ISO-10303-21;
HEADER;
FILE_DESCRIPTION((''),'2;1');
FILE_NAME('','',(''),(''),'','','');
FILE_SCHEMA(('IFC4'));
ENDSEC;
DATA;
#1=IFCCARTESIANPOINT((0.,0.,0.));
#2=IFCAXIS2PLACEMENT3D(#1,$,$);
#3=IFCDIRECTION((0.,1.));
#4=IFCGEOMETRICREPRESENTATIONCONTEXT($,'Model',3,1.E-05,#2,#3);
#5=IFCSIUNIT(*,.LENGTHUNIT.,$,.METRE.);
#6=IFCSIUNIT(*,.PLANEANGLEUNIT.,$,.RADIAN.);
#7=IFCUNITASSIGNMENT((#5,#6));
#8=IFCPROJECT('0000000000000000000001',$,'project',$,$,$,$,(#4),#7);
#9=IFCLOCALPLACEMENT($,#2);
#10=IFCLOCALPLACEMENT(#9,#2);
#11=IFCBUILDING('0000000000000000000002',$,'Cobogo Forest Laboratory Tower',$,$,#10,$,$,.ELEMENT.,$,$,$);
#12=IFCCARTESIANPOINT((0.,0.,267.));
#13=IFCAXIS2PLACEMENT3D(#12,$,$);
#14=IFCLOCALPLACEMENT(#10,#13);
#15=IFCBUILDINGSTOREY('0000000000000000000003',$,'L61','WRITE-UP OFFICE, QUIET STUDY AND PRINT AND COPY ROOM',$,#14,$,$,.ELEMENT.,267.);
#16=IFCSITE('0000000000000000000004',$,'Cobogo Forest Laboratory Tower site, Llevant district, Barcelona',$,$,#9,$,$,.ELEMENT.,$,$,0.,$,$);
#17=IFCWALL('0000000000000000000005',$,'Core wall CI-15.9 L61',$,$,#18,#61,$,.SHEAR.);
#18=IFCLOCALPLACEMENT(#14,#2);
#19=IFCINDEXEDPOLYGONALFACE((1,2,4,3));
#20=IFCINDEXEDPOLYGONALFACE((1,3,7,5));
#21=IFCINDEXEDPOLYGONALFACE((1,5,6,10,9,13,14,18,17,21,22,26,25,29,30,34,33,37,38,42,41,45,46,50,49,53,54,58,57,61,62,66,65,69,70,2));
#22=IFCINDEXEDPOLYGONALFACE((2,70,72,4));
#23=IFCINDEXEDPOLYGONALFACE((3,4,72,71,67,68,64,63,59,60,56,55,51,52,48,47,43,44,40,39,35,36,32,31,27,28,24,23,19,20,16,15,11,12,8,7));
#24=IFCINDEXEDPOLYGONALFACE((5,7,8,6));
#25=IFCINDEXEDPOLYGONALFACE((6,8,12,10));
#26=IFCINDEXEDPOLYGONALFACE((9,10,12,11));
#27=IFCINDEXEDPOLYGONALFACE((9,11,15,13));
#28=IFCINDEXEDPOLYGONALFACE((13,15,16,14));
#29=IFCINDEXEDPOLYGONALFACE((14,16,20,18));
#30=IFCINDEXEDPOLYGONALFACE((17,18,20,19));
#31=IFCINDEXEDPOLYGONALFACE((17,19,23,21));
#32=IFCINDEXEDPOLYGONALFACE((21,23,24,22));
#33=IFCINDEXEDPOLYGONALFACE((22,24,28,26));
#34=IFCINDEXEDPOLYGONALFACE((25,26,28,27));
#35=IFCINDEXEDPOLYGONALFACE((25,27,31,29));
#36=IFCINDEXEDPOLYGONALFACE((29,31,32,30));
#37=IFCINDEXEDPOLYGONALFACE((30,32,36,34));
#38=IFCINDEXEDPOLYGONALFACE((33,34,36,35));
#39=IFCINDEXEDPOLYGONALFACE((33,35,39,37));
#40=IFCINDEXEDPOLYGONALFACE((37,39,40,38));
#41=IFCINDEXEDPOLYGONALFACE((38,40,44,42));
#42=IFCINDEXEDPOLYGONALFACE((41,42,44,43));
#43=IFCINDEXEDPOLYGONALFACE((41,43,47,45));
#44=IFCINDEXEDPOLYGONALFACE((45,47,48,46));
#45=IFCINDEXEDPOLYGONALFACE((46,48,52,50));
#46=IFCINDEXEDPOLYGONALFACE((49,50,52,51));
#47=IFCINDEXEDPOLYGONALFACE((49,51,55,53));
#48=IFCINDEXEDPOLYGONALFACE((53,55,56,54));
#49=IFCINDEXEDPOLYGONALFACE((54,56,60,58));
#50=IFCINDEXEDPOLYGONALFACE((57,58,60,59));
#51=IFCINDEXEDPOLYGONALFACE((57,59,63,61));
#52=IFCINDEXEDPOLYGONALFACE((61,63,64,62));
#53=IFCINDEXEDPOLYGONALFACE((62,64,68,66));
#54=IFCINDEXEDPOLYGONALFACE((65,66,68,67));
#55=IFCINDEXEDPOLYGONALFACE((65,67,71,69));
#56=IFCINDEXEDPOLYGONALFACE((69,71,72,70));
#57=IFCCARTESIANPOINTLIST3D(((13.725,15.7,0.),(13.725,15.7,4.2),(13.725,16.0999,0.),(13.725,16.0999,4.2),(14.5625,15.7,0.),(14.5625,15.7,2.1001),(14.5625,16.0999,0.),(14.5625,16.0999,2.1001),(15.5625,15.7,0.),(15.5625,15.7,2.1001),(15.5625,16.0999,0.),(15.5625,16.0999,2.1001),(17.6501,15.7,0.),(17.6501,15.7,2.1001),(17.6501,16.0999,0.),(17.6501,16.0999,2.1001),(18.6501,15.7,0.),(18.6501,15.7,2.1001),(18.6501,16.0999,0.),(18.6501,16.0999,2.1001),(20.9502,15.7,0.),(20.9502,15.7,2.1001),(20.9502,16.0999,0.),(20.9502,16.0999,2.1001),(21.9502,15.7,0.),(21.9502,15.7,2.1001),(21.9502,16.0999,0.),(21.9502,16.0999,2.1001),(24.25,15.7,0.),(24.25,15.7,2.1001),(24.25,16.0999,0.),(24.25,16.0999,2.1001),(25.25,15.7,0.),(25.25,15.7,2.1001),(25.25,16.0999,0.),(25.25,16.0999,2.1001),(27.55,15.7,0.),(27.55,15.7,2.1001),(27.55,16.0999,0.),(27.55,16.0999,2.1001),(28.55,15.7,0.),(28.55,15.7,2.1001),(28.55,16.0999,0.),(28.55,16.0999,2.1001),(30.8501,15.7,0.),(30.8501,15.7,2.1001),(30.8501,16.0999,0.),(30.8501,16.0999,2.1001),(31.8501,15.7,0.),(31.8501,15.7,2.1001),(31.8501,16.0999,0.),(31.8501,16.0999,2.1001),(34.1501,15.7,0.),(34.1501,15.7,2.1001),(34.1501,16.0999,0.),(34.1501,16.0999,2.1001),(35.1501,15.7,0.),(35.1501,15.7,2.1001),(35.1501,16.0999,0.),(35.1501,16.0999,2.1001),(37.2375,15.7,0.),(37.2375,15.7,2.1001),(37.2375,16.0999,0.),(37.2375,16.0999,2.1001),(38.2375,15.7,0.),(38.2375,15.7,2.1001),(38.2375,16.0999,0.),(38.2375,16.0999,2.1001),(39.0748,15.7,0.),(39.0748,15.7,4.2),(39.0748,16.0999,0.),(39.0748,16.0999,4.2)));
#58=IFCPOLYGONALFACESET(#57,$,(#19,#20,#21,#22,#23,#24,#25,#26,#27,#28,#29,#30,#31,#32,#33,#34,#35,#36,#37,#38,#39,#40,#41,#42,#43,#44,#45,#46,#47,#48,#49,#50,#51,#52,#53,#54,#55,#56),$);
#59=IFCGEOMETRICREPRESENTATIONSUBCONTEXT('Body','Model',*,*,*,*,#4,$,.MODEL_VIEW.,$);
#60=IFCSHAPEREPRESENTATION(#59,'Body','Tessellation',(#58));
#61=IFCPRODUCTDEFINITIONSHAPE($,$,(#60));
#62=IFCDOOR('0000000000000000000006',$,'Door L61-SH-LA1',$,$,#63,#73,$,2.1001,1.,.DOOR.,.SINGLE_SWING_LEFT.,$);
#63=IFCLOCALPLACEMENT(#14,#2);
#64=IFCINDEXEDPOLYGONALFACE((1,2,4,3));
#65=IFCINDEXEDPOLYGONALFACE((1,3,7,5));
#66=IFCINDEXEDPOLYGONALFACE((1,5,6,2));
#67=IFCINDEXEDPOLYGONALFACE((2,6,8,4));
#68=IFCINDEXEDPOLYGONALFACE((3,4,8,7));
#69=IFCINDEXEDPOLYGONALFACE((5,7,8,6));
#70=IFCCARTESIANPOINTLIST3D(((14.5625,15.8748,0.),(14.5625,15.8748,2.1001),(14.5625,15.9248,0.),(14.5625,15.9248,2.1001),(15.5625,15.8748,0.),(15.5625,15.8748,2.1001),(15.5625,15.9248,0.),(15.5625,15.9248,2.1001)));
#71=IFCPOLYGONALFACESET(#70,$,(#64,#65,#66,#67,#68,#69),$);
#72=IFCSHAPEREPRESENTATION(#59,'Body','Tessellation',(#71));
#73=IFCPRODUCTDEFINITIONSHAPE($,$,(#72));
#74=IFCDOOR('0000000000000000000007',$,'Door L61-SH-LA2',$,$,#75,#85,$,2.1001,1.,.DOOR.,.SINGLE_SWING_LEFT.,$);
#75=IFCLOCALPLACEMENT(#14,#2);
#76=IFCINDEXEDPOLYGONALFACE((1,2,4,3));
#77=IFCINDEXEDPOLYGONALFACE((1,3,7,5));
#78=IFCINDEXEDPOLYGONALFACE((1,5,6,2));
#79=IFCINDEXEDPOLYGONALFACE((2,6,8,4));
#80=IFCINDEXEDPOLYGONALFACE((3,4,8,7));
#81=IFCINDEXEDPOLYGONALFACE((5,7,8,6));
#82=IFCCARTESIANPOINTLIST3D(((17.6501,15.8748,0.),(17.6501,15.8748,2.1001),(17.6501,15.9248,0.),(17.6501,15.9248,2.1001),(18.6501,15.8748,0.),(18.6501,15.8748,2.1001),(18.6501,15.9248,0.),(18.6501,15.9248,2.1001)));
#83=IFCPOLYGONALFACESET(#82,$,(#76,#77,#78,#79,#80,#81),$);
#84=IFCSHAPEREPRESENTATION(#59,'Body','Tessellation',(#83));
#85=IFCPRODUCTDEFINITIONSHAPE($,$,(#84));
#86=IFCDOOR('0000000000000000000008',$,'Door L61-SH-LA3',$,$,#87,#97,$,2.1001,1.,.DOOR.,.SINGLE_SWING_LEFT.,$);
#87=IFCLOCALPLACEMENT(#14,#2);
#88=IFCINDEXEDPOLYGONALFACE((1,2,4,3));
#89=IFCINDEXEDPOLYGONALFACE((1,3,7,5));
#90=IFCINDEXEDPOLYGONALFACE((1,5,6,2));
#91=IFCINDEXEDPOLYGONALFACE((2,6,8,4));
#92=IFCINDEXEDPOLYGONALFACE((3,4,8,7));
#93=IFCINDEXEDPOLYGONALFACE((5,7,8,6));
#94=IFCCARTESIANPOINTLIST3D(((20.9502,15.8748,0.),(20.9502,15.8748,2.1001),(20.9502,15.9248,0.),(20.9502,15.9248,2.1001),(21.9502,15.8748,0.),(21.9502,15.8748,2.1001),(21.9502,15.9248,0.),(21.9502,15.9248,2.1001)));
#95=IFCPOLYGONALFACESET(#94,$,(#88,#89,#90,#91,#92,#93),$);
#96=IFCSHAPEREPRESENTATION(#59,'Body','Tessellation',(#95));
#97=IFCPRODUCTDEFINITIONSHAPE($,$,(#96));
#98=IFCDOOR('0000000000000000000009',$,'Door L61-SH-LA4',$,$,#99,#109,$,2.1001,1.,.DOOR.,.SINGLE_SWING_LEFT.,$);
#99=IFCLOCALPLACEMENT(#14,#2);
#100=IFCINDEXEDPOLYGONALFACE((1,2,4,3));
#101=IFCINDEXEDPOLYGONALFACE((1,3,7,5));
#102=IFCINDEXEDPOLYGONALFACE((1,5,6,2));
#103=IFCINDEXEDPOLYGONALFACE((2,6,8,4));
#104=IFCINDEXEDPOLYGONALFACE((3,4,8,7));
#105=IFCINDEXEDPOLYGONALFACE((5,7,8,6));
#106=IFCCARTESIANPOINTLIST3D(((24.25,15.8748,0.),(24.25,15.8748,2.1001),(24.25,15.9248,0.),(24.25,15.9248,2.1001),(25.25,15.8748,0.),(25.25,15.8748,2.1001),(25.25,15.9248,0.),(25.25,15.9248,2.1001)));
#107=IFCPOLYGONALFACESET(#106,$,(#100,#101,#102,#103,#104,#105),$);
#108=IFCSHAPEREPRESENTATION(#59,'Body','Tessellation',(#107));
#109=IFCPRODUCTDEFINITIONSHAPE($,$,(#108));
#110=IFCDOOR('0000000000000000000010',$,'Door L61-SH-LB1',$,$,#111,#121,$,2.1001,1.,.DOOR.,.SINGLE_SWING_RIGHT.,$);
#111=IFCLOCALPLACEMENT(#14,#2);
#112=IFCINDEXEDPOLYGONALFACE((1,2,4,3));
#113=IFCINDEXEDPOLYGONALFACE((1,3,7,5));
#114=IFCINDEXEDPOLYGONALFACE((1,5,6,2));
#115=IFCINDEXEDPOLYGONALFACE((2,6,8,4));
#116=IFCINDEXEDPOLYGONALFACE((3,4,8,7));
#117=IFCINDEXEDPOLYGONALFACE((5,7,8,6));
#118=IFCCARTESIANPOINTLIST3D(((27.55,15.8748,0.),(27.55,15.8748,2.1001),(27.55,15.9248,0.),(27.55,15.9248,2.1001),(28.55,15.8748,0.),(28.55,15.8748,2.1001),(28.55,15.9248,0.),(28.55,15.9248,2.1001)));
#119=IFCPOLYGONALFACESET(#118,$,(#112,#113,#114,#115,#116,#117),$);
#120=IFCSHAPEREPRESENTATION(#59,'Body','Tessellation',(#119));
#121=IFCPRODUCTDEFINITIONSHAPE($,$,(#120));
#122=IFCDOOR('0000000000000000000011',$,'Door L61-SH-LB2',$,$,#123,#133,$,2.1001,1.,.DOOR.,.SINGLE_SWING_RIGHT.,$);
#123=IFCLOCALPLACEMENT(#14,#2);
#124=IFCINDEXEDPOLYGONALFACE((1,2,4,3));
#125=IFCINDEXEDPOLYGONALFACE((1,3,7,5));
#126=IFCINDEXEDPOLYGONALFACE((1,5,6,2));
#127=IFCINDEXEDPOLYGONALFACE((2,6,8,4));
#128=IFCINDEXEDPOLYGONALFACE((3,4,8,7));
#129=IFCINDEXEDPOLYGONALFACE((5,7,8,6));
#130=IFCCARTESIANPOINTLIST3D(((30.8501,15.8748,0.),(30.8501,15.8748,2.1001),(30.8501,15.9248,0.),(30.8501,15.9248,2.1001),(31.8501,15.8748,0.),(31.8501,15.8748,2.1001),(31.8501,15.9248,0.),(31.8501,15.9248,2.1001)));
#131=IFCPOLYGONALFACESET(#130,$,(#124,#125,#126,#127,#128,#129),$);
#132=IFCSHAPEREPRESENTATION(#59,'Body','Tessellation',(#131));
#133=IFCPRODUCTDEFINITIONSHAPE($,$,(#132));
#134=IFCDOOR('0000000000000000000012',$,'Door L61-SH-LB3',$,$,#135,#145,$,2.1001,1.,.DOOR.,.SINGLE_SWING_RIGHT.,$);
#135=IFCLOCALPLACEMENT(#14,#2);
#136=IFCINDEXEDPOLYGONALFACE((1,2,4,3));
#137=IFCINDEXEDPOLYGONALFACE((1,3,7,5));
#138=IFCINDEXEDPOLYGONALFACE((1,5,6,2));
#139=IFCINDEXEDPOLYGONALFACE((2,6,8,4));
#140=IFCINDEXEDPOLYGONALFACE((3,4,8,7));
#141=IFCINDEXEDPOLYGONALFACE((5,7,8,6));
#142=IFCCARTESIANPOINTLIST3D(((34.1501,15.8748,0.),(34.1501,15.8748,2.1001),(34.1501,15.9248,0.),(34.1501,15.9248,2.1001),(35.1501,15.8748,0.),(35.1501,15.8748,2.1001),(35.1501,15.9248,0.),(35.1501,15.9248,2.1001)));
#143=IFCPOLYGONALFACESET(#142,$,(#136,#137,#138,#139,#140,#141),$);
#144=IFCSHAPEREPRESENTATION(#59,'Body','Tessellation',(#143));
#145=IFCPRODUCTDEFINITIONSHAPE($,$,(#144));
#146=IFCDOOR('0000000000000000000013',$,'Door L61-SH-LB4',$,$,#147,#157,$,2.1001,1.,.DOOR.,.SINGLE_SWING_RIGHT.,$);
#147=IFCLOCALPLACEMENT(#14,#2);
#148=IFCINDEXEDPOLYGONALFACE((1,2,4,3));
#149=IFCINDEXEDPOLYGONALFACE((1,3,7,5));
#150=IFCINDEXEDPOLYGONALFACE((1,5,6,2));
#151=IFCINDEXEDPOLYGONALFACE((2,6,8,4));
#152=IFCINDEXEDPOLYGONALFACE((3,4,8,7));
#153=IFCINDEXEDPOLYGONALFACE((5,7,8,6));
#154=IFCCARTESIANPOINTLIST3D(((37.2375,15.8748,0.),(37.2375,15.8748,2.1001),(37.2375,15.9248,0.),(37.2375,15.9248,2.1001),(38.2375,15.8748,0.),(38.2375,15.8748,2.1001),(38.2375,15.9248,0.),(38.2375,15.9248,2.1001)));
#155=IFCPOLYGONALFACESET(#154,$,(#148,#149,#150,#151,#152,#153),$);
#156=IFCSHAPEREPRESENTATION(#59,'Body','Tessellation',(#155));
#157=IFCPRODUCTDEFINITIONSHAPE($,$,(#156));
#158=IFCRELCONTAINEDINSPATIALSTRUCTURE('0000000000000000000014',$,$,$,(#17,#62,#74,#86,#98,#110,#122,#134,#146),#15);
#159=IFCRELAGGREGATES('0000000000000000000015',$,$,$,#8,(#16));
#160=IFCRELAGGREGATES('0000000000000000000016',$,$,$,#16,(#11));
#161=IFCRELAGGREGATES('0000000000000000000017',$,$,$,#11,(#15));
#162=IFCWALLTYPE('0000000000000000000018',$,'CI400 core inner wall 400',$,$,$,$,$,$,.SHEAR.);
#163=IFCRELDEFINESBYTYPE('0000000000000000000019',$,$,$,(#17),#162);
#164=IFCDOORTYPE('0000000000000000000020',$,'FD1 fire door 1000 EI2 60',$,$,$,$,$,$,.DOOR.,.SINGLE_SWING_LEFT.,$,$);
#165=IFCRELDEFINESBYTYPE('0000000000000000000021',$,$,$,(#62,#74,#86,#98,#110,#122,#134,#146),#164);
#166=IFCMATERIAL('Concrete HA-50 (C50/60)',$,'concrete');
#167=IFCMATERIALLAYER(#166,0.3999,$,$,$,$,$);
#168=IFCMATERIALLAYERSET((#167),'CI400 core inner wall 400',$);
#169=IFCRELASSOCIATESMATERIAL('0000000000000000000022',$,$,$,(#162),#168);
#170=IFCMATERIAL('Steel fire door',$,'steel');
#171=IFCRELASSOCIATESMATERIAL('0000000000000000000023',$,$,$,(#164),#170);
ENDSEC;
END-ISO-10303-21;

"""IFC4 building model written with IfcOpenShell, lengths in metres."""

from ifc_helpers import new_model, si_unit, direction, frame, frame_2d, origin, place, context, subcontext, project, spatial, rectangle, extrude, material, layer, layer_set, type_object, element, fill, save


model = new_model("IFC4")

# Units and contexts
model_context = context("Model", 3, precision=1e-05, world=origin(), true_north=direction((0.0, 1.0)))
body_context = subcontext(model_context, "Body", "Model", "MODEL_VIEW")
ifc_project = project(units=[si_unit("LENGTHUNIT", "METRE"), si_unit("PLANEANGLEUNIT", "RADIAN")], contexts=[model_context])

# Site, building, storey
site_placement = place(None, origin())
site = spatial("IfcSite", under=ifc_project, at=site_placement, Name="Cobogo Forest Laboratory Tower site, Llevant district, Barcelona", CompositionType="ELEMENT", RefElevation=0.0)
building_placement = place(site_placement, origin())
building = spatial("IfcBuilding", under=site, at=building_placement, Name="Cobogo Forest Laboratory Tower", CompositionType="ELEMENT")
storey_placement = place(building_placement, frame((0.0, 0.0, 267.0)))
storey = spatial("IfcBuildingStorey", under=building, at=storey_placement, Name="L61", Description="WRITE-UP OFFICE, QUIET STUDY AND PRINT AND COPY ROOM", CompositionType="ELEMENT", Elevation=267.0)

# Shared definitions
ifc_material_1 = material(Name="Concrete HA-50 (C50/60)", Category="concrete")

# Wall, openings, doors
ifc_layer_1 = layer(ifc_material_1, 0.3999)
ifc_layer_set_1 = layer_set([ifc_layer_1], Name="CI400 core inner wall 400")
wall_type_1 = type_object("IfcWallType", Name="CI400 core inner wall 400", PredefinedType="SHEAR", material=ifc_layer_set_1)
wall_1_placement = place(storey_placement, frame((13.7251, 15.8999, 0.0), z_axis=(0.0, 0.0, 1.0), x_axis=(1.0, 0.0, 0.0)))
wall_1 = element("IfcWall", 1, at=wall_1_placement, inside=storey, type_object=wall_type_1, Name="Core wall CI-15.9 L61", PredefinedType="SHEAR", context=body_context, shape_type="SweptSolid", body=[
    extrude(rectangle(XDim=25.3499, YDim=0.3999, at=frame_2d((12.6748, 0.0))), origin(), (0.0, 0.0, 1.0), 4.2),
])
opening_1_placement = place(wall_1_placement, frame((0.8374, 0.0, 0.0)))
opening_1 = element("IfcOpeningElement", 2, at=opening_1_placement, cuts=wall_1, PredefinedType="OPENING", context=body_context, shape_type="SweptSolid", body=[
    extrude(rectangle(XDim=1.0, YDim=2.1001, at=frame_2d((0.5, 1.05))), frame((0.0, 0.21, 0.0), z_axis=(0.0, -1.0, 0.0), x_axis=(1.0, 0.0, 0.0)), (0.0, 0.0, 1.0), 0.4199),
])
opening_2_placement = place(wall_1_placement, frame((3.925, 0.0, 0.0)))
opening_2 = element("IfcOpeningElement", 3, at=opening_2_placement, cuts=wall_1, PredefinedType="OPENING", context=body_context, shape_type="SweptSolid", body=[
    extrude(rectangle(XDim=1.0, YDim=2.1001, at=frame_2d((0.5, 1.05))), frame((0.0, 0.21, 0.0), z_axis=(0.0, -1.0, 0.0), x_axis=(1.0, 0.0, 0.0)), (0.0, 0.0, 1.0), 0.4199),
])
opening_3_placement = place(wall_1_placement, frame((7.2251, 0.0, 0.0)))
opening_3 = element("IfcOpeningElement", 4, at=opening_3_placement, cuts=wall_1, PredefinedType="OPENING", context=body_context, shape_type="SweptSolid", body=[
    extrude(rectangle(XDim=1.0, YDim=2.1001, at=frame_2d((0.5, 1.05))), frame((0.0, 0.21, 0.0), z_axis=(0.0, -1.0, 0.0), x_axis=(1.0, 0.0, 0.0)), (0.0, 0.0, 1.0), 0.4199),
])
opening_4_placement = place(wall_1_placement, frame((10.5249, 0.0, 0.0)))
opening_4 = element("IfcOpeningElement", 5, at=opening_4_placement, cuts=wall_1, PredefinedType="OPENING", context=body_context, shape_type="SweptSolid", body=[
    extrude(rectangle(XDim=1.0, YDim=2.1001, at=frame_2d((0.5, 1.05))), frame((0.0, 0.21, 0.0), z_axis=(0.0, -1.0, 0.0), x_axis=(1.0, 0.0, 0.0)), (0.0, 0.0, 1.0), 0.4199),
])
opening_5_placement = place(wall_1_placement, frame((13.825, 0.0, 0.0)))
opening_5 = element("IfcOpeningElement", 6, at=opening_5_placement, cuts=wall_1, PredefinedType="OPENING", context=body_context, shape_type="SweptSolid", body=[
    extrude(rectangle(XDim=1.0, YDim=2.1001, at=frame_2d((0.5, 1.05))), frame((0.0, 0.21, 0.0), z_axis=(0.0, -1.0, 0.0), x_axis=(1.0, 0.0, 0.0)), (0.0, 0.0, 1.0), 0.4199),
])
opening_6_placement = place(wall_1_placement, frame((17.125, 0.0, 0.0)))
opening_6 = element("IfcOpeningElement", 7, at=opening_6_placement, cuts=wall_1, PredefinedType="OPENING", context=body_context, shape_type="SweptSolid", body=[
    extrude(rectangle(XDim=1.0, YDim=2.1001, at=frame_2d((0.5, 1.05))), frame((0.0, 0.21, 0.0), z_axis=(0.0, -1.0, 0.0), x_axis=(1.0, 0.0, 0.0)), (0.0, 0.0, 1.0), 0.4199),
])
opening_7_placement = place(wall_1_placement, frame((20.425, 0.0, 0.0)))
opening_7 = element("IfcOpeningElement", 8, at=opening_7_placement, cuts=wall_1, PredefinedType="OPENING", context=body_context, shape_type="SweptSolid", body=[
    extrude(rectangle(XDim=1.0, YDim=2.1001, at=frame_2d((0.5, 1.05))), frame((0.0, 0.21, 0.0), z_axis=(0.0, -1.0, 0.0), x_axis=(1.0, 0.0, 0.0)), (0.0, 0.0, 1.0), 0.4199),
])
opening_8_placement = place(wall_1_placement, frame((23.5125, 0.0, 0.0)))
opening_8 = element("IfcOpeningElement", 9, at=opening_8_placement, cuts=wall_1, PredefinedType="OPENING", context=body_context, shape_type="SweptSolid", body=[
    extrude(rectangle(XDim=1.0, YDim=2.1001, at=frame_2d((0.5, 1.05))), frame((0.0, 0.21, 0.0), z_axis=(0.0, -1.0, 0.0), x_axis=(1.0, 0.0, 0.0)), (0.0, 0.0, 1.0), 0.4199),
])
ifc_material_2 = material(Name="Steel fire door", Category="steel")
door_type_1 = type_object("IfcDoorType", Name="FD1 fire door 1000 EI2 60", OperationType="SINGLE_SWING_LEFT", PredefinedType="DOOR", material=ifc_material_2)
door_1_placement = place(opening_1_placement, origin())
door_1 = element("IfcDoor", 10, at=door_1_placement, inside=storey, type_object=door_type_1, Name="Door L61-SH-LA1", OperationType="SINGLE_SWING_LEFT", OverallHeight=2.1001, OverallWidth=1.0, PredefinedType="DOOR", context=body_context, shape_type="SweptSolid", body=[
    extrude(rectangle(XDim=1.0, YDim=2.1001, at=frame_2d((0.5, 1.05))), frame((0.0, 0.0249, 0.0), z_axis=(0.0, -1.0, 0.0), x_axis=(1.0, 0.0, 0.0)), (0.0, 0.0, 1.0), 0.05),
])
fill(opening_1, door_1)
door_2_placement = place(opening_2_placement, origin())
door_2 = element("IfcDoor", 11, at=door_2_placement, inside=storey, type_object=door_type_1, Name="Door L61-SH-LA2", OperationType="SINGLE_SWING_LEFT", OverallHeight=2.1001, OverallWidth=1.0, PredefinedType="DOOR", context=body_context, shape_type="SweptSolid", body=[
    extrude(rectangle(XDim=1.0, YDim=2.1001, at=frame_2d((0.5, 1.05))), frame((0.0, 0.0249, 0.0), z_axis=(0.0, -1.0, 0.0), x_axis=(1.0, 0.0, 0.0)), (0.0, 0.0, 1.0), 0.05),
])
fill(opening_2, door_2)
door_3_placement = place(opening_3_placement, origin())
door_3 = element("IfcDoor", 12, at=door_3_placement, inside=storey, type_object=door_type_1, Name="Door L61-SH-LA3", OperationType="SINGLE_SWING_LEFT", OverallHeight=2.1001, OverallWidth=1.0, PredefinedType="DOOR", context=body_context, shape_type="SweptSolid", body=[
    extrude(rectangle(XDim=1.0, YDim=2.1001, at=frame_2d((0.5, 1.05))), frame((0.0, 0.0249, 0.0), z_axis=(0.0, -1.0, 0.0), x_axis=(1.0, 0.0, 0.0)), (0.0, 0.0, 1.0), 0.05),
])
fill(opening_3, door_3)
door_4_placement = place(opening_4_placement, origin())
door_4 = element("IfcDoor", 13, at=door_4_placement, inside=storey, type_object=door_type_1, Name="Door L61-SH-LA4", OperationType="SINGLE_SWING_LEFT", OverallHeight=2.1001, OverallWidth=1.0, PredefinedType="DOOR", context=body_context, shape_type="SweptSolid", body=[
    extrude(rectangle(XDim=1.0, YDim=2.1001, at=frame_2d((0.5, 1.05))), frame((0.0, 0.0249, 0.0), z_axis=(0.0, -1.0, 0.0), x_axis=(1.0, 0.0, 0.0)), (0.0, 0.0, 1.0), 0.05),
])
fill(opening_4, door_4)
door_5_placement = place(opening_5_placement, origin())
door_5 = element("IfcDoor", 14, at=door_5_placement, inside=storey, type_object=door_type_1, Name="Door L61-SH-LB1", OperationType="SINGLE_SWING_RIGHT", OverallHeight=2.1001, OverallWidth=1.0, PredefinedType="DOOR", context=body_context, shape_type="SweptSolid", body=[
    extrude(rectangle(XDim=1.0, YDim=2.1001, at=frame_2d((0.5, 1.05))), frame((0.0, 0.0249, 0.0), z_axis=(0.0, -1.0, 0.0), x_axis=(1.0, 0.0, 0.0)), (0.0, 0.0, 1.0), 0.05),
])
fill(opening_5, door_5)
door_6_placement = place(opening_6_placement, origin())
door_6 = element("IfcDoor", 15, at=door_6_placement, inside=storey, type_object=door_type_1, Name="Door L61-SH-LB2", OperationType="SINGLE_SWING_RIGHT", OverallHeight=2.1001, OverallWidth=1.0, PredefinedType="DOOR", context=body_context, shape_type="SweptSolid", body=[
    extrude(rectangle(XDim=1.0, YDim=2.1001, at=frame_2d((0.5, 1.05))), frame((0.0, 0.0249, 0.0), z_axis=(0.0, -1.0, 0.0), x_axis=(1.0, 0.0, 0.0)), (0.0, 0.0, 1.0), 0.05),
])
fill(opening_6, door_6)
door_7_placement = place(opening_7_placement, origin())
door_7 = element("IfcDoor", 16, at=door_7_placement, inside=storey, type_object=door_type_1, Name="Door L61-SH-LB3", OperationType="SINGLE_SWING_RIGHT", OverallHeight=2.1001, OverallWidth=1.0, PredefinedType="DOOR", context=body_context, shape_type="SweptSolid", body=[
    extrude(rectangle(XDim=1.0, YDim=2.1001, at=frame_2d((0.5, 1.05))), frame((0.0, 0.0249, 0.0), z_axis=(0.0, -1.0, 0.0), x_axis=(1.0, 0.0, 0.0)), (0.0, 0.0, 1.0), 0.05),
])
fill(opening_7, door_7)
door_8_placement = place(opening_8_placement, origin())
door_8 = element("IfcDoor", 17, at=door_8_placement, inside=storey, type_object=door_type_1, Name="Door L61-SH-LB4", OperationType="SINGLE_SWING_RIGHT", OverallHeight=2.1001, OverallWidth=1.0, PredefinedType="DOOR", context=body_context, shape_type="SweptSolid", body=[
    extrude(rectangle(XDim=1.0, YDim=2.1001, at=frame_2d((0.5, 1.05))), frame((0.0, 0.0249, 0.0), z_axis=(0.0, -1.0, 0.0), x_axis=(1.0, 0.0, 0.0)), (0.0, 0.0, 1.0), 0.05),
])
fill(opening_8, door_8)

save(model, "model.ifc")
